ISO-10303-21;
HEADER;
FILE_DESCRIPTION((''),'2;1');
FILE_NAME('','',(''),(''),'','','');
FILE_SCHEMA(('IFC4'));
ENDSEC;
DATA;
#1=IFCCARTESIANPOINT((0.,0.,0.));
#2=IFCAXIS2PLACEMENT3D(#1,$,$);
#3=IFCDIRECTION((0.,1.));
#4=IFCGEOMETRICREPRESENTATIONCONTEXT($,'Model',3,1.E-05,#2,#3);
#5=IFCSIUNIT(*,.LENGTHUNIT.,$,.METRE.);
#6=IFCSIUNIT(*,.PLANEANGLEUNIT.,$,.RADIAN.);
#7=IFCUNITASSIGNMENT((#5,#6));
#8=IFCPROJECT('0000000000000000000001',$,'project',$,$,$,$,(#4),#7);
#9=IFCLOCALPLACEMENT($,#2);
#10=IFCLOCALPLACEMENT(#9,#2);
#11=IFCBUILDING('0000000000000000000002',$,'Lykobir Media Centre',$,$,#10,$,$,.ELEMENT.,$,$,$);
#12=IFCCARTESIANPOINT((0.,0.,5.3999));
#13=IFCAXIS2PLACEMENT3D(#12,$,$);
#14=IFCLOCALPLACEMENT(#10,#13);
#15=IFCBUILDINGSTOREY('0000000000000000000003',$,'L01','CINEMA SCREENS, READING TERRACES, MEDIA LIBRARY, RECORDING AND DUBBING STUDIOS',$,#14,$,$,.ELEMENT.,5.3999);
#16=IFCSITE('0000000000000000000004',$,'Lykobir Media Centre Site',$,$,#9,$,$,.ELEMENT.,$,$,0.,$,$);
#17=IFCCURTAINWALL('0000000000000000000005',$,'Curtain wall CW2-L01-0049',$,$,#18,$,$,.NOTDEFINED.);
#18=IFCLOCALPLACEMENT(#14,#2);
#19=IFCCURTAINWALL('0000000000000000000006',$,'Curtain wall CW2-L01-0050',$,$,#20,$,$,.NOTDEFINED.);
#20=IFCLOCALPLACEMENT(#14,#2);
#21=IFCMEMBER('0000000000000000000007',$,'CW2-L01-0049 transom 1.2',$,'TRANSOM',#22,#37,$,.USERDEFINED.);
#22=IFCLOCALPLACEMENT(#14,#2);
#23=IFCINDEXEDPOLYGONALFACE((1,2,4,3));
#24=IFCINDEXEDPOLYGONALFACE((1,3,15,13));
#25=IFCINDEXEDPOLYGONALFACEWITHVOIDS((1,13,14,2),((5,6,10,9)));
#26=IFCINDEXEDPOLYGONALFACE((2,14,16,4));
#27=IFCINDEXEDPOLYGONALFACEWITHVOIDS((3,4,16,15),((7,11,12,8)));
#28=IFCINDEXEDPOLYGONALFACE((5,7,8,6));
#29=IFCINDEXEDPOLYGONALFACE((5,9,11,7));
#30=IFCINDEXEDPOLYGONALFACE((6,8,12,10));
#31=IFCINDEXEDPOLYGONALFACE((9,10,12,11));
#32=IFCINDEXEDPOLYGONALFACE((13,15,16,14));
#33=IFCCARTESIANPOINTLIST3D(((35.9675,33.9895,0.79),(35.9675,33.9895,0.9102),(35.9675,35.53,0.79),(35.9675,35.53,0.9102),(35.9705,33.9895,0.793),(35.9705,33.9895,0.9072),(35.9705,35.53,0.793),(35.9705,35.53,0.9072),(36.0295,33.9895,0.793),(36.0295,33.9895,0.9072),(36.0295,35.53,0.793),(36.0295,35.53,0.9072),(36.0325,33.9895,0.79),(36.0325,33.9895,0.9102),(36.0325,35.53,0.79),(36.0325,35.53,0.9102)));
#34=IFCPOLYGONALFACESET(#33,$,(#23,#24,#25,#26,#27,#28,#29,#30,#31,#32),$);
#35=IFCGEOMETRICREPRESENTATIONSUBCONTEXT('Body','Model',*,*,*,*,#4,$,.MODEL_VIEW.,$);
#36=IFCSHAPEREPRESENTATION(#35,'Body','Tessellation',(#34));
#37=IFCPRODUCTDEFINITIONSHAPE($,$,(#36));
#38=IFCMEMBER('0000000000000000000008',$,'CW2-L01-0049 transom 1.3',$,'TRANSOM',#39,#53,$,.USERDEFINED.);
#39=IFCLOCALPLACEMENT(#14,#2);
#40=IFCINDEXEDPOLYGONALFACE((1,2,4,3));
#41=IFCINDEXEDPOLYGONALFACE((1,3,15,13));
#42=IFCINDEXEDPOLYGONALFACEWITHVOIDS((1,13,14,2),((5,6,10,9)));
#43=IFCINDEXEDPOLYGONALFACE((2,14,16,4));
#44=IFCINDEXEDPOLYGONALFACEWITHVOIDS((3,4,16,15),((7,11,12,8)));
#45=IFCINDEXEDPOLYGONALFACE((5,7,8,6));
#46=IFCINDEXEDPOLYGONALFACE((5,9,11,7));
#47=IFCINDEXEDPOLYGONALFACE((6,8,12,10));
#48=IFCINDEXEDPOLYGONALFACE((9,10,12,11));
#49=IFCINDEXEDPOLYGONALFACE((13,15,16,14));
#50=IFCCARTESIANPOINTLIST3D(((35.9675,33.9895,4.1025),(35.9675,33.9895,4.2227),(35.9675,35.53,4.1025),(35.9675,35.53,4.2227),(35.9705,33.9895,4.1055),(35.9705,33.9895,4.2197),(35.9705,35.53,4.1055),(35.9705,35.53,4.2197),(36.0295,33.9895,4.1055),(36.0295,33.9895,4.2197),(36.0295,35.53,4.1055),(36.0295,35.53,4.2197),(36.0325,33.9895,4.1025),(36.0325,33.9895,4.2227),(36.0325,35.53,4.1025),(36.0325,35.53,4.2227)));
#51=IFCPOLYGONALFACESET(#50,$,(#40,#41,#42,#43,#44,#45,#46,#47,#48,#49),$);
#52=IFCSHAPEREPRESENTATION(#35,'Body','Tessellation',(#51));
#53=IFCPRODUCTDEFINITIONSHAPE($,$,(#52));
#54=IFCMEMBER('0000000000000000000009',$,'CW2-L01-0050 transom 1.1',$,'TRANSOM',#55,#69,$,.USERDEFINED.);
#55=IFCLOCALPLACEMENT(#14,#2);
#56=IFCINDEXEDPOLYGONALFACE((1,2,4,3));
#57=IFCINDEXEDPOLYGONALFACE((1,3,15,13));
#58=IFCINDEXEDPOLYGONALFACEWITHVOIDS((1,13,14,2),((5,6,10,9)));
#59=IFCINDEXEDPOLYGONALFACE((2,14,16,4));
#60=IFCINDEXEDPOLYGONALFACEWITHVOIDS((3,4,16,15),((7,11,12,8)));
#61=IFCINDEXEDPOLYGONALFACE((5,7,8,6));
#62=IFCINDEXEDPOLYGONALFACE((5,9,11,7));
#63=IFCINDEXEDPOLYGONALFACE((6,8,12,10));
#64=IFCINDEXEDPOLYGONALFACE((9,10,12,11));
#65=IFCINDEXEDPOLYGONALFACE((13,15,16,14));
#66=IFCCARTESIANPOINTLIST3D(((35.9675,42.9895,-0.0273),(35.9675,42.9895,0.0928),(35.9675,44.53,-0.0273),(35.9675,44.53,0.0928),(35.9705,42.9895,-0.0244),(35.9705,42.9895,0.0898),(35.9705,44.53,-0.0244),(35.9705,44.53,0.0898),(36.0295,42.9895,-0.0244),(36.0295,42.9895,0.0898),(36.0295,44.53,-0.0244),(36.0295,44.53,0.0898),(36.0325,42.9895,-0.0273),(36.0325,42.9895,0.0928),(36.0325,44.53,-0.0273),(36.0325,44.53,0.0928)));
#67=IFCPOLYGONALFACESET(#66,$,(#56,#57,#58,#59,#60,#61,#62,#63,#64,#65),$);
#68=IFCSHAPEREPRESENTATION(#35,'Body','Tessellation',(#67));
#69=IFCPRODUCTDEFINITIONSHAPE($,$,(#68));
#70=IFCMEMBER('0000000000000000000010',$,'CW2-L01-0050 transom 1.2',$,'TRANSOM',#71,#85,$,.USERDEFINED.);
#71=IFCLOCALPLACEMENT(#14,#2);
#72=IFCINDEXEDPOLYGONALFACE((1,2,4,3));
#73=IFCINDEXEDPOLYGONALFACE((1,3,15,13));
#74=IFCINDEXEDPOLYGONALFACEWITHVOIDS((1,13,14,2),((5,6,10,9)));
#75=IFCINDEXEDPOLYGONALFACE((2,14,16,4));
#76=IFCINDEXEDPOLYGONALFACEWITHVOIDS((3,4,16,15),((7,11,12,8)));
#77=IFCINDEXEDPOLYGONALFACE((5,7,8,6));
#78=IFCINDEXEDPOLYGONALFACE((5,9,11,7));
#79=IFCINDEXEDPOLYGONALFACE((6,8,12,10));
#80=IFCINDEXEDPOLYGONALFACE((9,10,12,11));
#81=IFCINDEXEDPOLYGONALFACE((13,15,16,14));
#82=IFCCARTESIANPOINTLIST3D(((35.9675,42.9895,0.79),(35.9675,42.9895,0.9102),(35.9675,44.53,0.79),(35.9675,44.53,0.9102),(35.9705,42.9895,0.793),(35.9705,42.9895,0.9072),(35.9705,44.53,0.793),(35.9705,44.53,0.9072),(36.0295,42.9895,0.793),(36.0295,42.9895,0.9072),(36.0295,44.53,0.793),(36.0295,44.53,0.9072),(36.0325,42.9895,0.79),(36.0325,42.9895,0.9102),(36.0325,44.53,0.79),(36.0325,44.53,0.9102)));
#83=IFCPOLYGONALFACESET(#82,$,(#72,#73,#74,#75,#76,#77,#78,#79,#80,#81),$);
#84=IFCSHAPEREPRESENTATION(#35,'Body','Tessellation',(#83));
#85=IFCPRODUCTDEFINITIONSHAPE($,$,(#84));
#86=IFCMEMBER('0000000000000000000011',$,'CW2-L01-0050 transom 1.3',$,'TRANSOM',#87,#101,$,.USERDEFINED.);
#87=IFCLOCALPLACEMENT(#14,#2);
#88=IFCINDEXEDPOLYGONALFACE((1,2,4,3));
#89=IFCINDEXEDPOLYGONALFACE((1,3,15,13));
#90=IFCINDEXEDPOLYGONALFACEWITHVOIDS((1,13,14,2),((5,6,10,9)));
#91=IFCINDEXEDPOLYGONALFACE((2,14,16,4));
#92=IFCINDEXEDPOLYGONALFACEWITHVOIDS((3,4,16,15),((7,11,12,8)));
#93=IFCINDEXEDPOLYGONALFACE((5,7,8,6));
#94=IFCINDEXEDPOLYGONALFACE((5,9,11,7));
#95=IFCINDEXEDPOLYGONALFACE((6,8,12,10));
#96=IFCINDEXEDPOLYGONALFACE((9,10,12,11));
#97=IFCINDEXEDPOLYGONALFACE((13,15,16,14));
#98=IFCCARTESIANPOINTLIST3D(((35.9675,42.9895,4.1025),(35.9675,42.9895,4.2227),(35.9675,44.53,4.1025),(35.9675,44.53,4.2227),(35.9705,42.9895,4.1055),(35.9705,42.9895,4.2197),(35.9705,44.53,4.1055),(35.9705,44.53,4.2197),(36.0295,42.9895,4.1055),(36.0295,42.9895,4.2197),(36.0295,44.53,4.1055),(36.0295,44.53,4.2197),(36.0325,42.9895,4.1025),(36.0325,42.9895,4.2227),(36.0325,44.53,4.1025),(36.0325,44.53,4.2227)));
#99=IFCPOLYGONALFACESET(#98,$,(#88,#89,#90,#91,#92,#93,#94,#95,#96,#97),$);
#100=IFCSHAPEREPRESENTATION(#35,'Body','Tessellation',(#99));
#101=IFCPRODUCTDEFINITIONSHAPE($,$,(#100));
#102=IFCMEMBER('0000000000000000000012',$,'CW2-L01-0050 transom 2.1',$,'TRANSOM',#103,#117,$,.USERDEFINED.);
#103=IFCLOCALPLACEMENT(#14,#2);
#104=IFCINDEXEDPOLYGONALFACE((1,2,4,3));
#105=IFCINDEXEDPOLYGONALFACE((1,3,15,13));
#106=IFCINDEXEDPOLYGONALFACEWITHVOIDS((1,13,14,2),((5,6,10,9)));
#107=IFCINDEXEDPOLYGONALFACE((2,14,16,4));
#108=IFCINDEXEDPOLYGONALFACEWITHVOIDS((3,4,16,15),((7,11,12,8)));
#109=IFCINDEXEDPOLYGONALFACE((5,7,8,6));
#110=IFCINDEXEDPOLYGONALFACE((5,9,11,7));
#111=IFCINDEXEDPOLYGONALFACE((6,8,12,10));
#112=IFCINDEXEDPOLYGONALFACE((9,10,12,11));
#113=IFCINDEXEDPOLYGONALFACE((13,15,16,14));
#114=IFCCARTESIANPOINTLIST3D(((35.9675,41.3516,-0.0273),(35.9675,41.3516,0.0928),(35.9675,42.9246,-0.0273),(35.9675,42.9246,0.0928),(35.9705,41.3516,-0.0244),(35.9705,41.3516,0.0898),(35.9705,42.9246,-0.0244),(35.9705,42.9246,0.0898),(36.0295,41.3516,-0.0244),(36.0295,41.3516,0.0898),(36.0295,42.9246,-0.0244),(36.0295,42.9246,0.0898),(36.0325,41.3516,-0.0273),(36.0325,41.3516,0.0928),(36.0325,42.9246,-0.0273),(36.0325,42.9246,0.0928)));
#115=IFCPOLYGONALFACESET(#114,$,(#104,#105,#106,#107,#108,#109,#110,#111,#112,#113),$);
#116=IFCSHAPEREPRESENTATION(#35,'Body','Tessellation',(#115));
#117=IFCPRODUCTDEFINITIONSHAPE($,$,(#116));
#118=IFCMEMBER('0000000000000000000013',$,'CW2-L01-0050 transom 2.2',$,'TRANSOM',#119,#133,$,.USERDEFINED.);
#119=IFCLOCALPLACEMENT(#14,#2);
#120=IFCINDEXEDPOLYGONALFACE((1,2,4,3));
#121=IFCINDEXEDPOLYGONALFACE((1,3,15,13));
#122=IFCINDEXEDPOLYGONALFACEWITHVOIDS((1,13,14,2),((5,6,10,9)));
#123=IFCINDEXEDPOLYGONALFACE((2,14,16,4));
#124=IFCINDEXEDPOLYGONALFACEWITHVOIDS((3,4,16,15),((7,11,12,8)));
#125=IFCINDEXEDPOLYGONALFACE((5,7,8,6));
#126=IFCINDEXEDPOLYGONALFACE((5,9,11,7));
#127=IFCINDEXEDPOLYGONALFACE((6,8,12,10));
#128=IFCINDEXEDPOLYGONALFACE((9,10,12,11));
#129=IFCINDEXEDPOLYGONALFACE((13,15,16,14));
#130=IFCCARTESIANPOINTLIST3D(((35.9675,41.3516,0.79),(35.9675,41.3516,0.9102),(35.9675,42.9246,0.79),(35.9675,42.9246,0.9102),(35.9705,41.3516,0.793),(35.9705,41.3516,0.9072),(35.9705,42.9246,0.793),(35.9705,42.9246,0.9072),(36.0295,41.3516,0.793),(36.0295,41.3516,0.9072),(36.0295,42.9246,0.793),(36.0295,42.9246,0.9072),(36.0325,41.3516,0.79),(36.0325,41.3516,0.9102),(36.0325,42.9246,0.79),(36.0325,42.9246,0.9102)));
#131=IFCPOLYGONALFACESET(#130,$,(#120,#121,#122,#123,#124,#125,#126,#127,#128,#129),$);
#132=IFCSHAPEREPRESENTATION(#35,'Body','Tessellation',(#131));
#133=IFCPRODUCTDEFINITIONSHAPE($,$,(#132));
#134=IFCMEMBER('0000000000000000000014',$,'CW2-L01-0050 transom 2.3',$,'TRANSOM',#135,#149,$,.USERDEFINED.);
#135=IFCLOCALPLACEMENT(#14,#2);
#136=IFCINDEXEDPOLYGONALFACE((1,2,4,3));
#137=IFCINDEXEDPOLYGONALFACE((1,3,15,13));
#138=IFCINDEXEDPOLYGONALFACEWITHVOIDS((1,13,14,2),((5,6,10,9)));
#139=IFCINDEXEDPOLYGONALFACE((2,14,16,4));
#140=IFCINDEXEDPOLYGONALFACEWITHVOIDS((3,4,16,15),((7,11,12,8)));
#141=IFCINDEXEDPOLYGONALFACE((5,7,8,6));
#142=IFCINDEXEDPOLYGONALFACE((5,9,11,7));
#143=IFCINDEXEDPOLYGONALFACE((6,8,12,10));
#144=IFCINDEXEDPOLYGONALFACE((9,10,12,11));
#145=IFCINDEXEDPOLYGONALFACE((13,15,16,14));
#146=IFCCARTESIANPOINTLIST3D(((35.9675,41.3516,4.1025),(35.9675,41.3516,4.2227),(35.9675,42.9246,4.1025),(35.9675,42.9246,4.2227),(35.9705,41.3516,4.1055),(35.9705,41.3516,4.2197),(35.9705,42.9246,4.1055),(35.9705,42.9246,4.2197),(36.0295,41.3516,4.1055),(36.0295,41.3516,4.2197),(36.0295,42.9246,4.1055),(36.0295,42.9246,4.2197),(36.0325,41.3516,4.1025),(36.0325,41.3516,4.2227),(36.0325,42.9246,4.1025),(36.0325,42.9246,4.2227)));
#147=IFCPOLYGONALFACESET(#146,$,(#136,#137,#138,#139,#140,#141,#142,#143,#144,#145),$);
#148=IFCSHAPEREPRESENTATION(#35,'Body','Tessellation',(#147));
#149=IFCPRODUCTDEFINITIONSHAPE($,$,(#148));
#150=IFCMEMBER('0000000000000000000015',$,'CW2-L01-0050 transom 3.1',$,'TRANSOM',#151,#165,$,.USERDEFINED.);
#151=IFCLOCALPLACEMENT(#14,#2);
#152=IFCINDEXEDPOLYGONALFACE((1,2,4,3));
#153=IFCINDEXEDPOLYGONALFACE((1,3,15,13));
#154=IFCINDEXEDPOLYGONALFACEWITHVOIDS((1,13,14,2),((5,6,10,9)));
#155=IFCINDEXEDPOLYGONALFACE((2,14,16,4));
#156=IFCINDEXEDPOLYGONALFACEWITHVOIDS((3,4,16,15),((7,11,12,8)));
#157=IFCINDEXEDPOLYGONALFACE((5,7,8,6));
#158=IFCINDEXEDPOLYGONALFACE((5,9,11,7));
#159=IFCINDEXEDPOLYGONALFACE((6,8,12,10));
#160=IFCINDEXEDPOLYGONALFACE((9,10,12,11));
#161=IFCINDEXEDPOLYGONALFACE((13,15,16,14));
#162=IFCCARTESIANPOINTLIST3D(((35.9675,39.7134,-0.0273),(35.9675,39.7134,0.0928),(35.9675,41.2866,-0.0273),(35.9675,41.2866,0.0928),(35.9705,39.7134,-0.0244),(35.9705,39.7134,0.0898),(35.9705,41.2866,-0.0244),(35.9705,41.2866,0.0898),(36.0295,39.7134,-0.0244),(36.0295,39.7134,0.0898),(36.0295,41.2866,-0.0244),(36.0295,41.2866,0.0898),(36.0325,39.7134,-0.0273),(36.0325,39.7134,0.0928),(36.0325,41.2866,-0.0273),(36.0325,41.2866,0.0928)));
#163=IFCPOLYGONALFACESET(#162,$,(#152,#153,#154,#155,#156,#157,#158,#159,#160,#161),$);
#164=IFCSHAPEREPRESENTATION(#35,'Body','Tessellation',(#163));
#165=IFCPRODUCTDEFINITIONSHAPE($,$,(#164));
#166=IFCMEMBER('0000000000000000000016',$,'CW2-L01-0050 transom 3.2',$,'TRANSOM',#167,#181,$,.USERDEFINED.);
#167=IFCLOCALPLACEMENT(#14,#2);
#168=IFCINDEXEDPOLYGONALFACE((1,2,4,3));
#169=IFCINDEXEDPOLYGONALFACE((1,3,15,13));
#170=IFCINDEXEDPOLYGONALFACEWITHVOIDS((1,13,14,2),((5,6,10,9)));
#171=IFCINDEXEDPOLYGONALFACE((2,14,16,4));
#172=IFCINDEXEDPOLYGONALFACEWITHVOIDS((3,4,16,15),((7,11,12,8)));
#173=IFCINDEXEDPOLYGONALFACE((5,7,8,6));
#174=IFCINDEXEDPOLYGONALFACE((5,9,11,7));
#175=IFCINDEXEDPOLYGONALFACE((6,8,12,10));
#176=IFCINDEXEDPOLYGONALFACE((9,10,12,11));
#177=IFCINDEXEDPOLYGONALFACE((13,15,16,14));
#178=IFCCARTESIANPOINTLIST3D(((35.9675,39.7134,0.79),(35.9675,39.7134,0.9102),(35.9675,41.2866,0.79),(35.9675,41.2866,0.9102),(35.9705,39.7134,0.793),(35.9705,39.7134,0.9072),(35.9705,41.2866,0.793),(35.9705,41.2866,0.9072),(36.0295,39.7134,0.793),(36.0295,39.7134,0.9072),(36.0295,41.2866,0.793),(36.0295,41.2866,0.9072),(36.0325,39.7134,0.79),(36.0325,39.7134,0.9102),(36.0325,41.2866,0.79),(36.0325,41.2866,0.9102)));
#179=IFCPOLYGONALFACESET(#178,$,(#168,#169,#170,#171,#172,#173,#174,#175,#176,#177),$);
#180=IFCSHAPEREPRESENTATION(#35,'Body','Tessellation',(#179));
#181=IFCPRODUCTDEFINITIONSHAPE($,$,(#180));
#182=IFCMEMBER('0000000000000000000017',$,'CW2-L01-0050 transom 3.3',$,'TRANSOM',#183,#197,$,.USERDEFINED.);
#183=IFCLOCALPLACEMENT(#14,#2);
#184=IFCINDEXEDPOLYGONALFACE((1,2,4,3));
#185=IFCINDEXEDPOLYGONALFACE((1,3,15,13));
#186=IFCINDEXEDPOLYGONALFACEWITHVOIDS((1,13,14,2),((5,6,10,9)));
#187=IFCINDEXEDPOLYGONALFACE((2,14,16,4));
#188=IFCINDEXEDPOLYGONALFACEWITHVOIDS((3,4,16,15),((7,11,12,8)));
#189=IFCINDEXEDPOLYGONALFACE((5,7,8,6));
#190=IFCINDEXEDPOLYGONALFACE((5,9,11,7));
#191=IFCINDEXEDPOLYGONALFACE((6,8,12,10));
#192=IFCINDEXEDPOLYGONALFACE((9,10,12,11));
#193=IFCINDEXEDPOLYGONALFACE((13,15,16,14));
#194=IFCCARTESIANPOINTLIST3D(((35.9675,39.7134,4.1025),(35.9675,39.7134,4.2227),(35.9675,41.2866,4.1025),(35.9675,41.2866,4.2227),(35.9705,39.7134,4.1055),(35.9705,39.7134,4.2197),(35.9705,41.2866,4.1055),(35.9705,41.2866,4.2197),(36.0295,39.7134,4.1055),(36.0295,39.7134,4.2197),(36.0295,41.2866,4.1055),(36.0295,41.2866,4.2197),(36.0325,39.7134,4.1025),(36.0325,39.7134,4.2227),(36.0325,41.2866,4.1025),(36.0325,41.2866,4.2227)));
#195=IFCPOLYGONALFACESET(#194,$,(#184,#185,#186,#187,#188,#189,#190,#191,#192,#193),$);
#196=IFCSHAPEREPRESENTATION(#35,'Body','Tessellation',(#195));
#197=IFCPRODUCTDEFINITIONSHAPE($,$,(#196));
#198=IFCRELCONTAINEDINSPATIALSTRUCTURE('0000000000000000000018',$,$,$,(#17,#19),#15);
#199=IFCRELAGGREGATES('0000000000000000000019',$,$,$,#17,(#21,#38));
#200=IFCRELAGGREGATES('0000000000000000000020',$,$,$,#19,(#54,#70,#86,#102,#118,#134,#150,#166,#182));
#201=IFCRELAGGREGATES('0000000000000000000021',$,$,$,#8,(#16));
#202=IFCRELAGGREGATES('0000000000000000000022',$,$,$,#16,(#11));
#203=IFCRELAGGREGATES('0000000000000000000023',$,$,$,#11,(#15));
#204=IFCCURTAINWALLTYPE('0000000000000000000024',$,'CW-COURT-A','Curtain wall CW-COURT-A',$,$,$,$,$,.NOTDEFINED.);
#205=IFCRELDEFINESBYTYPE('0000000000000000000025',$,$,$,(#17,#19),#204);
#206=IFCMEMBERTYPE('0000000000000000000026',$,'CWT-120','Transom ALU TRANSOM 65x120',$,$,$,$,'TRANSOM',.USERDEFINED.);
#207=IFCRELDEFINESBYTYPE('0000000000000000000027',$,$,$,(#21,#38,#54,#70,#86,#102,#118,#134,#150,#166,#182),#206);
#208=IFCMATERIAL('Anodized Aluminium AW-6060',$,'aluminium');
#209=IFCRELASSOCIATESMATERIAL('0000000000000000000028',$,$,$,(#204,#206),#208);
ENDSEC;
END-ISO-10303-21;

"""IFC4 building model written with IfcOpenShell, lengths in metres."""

from ifc_helpers import new_model, si_unit, direction, frame, origin, origin_2d, place, context, subcontext, project, spatial, hollow_rectangle, extrude, material, material_profile, profile_set, type_object, element, aggregate, save


model = new_model("IFC4")

# Units and contexts
model_context = context("Model", 3, precision=1e-05, world=origin(), true_north=direction((0.0, 1.0)))
body_context = subcontext(model_context, "Body", "Model", "MODEL_VIEW")
ifc_project = project(units=[si_unit("LENGTHUNIT", "METRE"), si_unit("PLANEANGLEUNIT", "RADIAN")], contexts=[model_context])

# Site, building, storey
site_placement = place(None, origin())
site = spatial("IfcSite", under=ifc_project, at=site_placement, Name="Lykobir Media Centre Site", CompositionType="ELEMENT", RefElevation=0.0)
building_placement = place(site_placement, origin())
building = spatial("IfcBuilding", under=site, at=building_placement, Name="Lykobir Media Centre", CompositionType="ELEMENT")
storey_placement = place(building_placement, frame((0.0, 0.0, 5.3999)))
storey = spatial("IfcBuildingStorey", under=building, at=storey_placement, Name="L01", Description="CINEMA SCREENS, READING TERRACES, MEDIA LIBRARY, RECORDING AND DUBBING STUDIOS", CompositionType="ELEMENT", Elevation=5.3999)

# Curtain wall
ifc_material_1 = material(Name="Anodized Aluminium AW-6060", Category="aluminium")
curtain_wall_type = type_object("IfcCurtainWallType", Name="CW-COURT-A", Description="Curtain wall CW-COURT-A", PredefinedType="NOTDEFINED", material=ifc_material_1)
curtain_wall_1_placement = place(storey_placement, origin())
curtain_wall_1 = element("IfcCurtainWall", 1, at=curtain_wall_1_placement, inside=storey, type_object=curtain_wall_type, Name="Curtain wall CW2-L01-0049", PredefinedType="NOTDEFINED")

# Curtain wall
curtain_wall_2_placement = place(storey_placement, origin())
curtain_wall_2 = element("IfcCurtainWall", 2, at=curtain_wall_2_placement, inside=storey, type_object=curtain_wall_type, Name="Curtain wall CW2-L01-0050", PredefinedType="NOTDEFINED")

# Members
ifc_material_profile_1 = material_profile(ifc_material_1, hollow_rectangle(XDim=0.0649, YDim=0.1201, WallThickness=0.0029, at=origin_2d()), Name="ALU TRANSOM 65x120")
ifc_profile_set_1 = profile_set([ifc_material_profile_1], Name="Anodized Aluminium AW-6060")
member_type_1 = type_object("IfcMemberType", Name="CWT-120", Description="Transom ALU TRANSOM 65x120", ElementType="TRANSOM", PredefinedType="USERDEFINED", material=ifc_profile_set_1)
member_1_placement = place(storey_placement, frame((36.0, 35.53, 0.8501), z_axis=(0.0, -1.0, 0.0), x_axis=(1.0, 0.0, 0.0)))
member_1 = element("IfcMember", 3, at=member_1_placement, type_object=member_type_1, Name="CW2-L01-0049 transom 1.2", ObjectType="TRANSOM", PredefinedType="USERDEFINED", context=body_context, shape_type="SweptSolid", body=[
    extrude(hollow_rectangle(XDim=0.0649, YDim=0.1201, WallThickness=0.0029, at=origin_2d()), origin(), (0.0, 0.0, 1.0), 1.5405),
])
member_2_placement = place(storey_placement, frame((36.0, 35.53, 4.1626), z_axis=(0.0, -1.0, 0.0), x_axis=(1.0, 0.0, 0.0)))
member_2 = element("IfcMember", 4, at=member_2_placement, type_object=member_type_1, Name="CW2-L01-0049 transom 1.3", ObjectType="TRANSOM", PredefinedType="USERDEFINED", context=body_context, shape_type="SweptSolid", body=[
    extrude(hollow_rectangle(XDim=0.0649, YDim=0.1201, WallThickness=0.0029, at=origin_2d()), origin(), (0.0, 0.0, 1.0), 1.5405),
])
member_3_placement = place(storey_placement, frame((36.0, 44.53, 0.0327), z_axis=(0.0, -1.0, 0.0), x_axis=(1.0, 0.0, 0.0)))
member_3 = element("IfcMember", 5, at=member_3_placement, type_object=member_type_1, Name="CW2-L01-0050 transom 1.1", ObjectType="TRANSOM", PredefinedType="USERDEFINED", context=body_context, shape_type="SweptSolid", body=[
    extrude(hollow_rectangle(XDim=0.0649, YDim=0.1201, WallThickness=0.0029, at=origin_2d()), origin(), (0.0, 0.0, 1.0), 1.5405),
])
member_4_placement = place(storey_placement, frame((36.0, 44.53, 0.8501), z_axis=(0.0, -1.0, 0.0), x_axis=(1.0, 0.0, 0.0)))
member_4 = element("IfcMember", 6, at=member_4_placement, type_object=member_type_1, Name="CW2-L01-0050 transom 1.2", ObjectType="TRANSOM", PredefinedType="USERDEFINED", context=body_context, shape_type="SweptSolid", body=[
    extrude(hollow_rectangle(XDim=0.0649, YDim=0.1201, WallThickness=0.0029, at=origin_2d()), origin(), (0.0, 0.0, 1.0), 1.5405),
])
member_5_placement = place(storey_placement, frame((36.0, 44.53, 4.1626), z_axis=(0.0, -1.0, 0.0), x_axis=(1.0, 0.0, 0.0)))
member_5 = element("IfcMember", 7, at=member_5_placement, type_object=member_type_1, Name="CW2-L01-0050 transom 1.3", ObjectType="TRANSOM", PredefinedType="USERDEFINED", context=body_context, shape_type="SweptSolid", body=[
    extrude(hollow_rectangle(XDim=0.0649, YDim=0.1201, WallThickness=0.0029, at=origin_2d()), origin(), (0.0, 0.0, 1.0), 1.5405),
])
member_6_placement = place(storey_placement, frame((36.0, 42.9246, 0.0327), z_axis=(0.0, -1.0, 0.0), x_axis=(1.0, 0.0, 0.0)))
member_6 = element("IfcMember", 8, at=member_6_placement, type_object=member_type_1, Name="CW2-L01-0050 transom 2.1", ObjectType="TRANSOM", PredefinedType="USERDEFINED", context=body_context, shape_type="SweptSolid", body=[
    extrude(hollow_rectangle(XDim=0.0649, YDim=0.1201, WallThickness=0.0029, at=origin_2d()), origin(), (0.0, 0.0, 1.0), 1.573),
])
member_7_placement = place(storey_placement, frame((36.0, 42.9246, 0.8501), z_axis=(0.0, -1.0, 0.0), x_axis=(1.0, 0.0, 0.0)))
member_7 = element("IfcMember", 9, at=member_7_placement, type_object=member_type_1, Name="CW2-L01-0050 transom 2.2", ObjectType="TRANSOM", PredefinedType="USERDEFINED", context=body_context, shape_type="SweptSolid", body=[
    extrude(hollow_rectangle(XDim=0.0649, YDim=0.1201, WallThickness=0.0029, at=origin_2d()), origin(), (0.0, 0.0, 1.0), 1.573),
])
member_8_placement = place(storey_placement, frame((36.0, 42.9246, 4.1626), z_axis=(0.0, -1.0, 0.0), x_axis=(1.0, 0.0, 0.0)))
member_8 = element("IfcMember", 10, at=member_8_placement, type_object=member_type_1, Name="CW2-L01-0050 transom 2.3", ObjectType="TRANSOM", PredefinedType="USERDEFINED", context=body_context, shape_type="SweptSolid", body=[
    extrude(hollow_rectangle(XDim=0.0649, YDim=0.1201, WallThickness=0.0029, at=origin_2d()), origin(), (0.0, 0.0, 1.0), 1.573),
])
member_9_placement = place(storey_placement, frame((36.0, 41.2866, 0.0327), z_axis=(0.0, -1.0, 0.0), x_axis=(1.0, 0.0, 0.0)))
member_9 = element("IfcMember", 11, at=member_9_placement, type_object=member_type_1, Name="CW2-L01-0050 transom 3.1", ObjectType="TRANSOM", PredefinedType="USERDEFINED", context=body_context, shape_type="SweptSolid", body=[
    extrude(hollow_rectangle(XDim=0.0649, YDim=0.1201, WallThickness=0.0029, at=origin_2d()), origin(), (0.0, 0.0, 1.0), 1.5732),
])
member_10_placement = place(storey_placement, frame((36.0, 41.2866, 0.8501), z_axis=(0.0, -1.0, 0.0), x_axis=(1.0, 0.0, 0.0)))
member_10 = element("IfcMember", 12, at=member_10_placement, type_object=member_type_1, Name="CW2-L01-0050 transom 3.2", ObjectType="TRANSOM", PredefinedType="USERDEFINED", context=body_context, shape_type="SweptSolid", body=[
    extrude(hollow_rectangle(XDim=0.0649, YDim=0.1201, WallThickness=0.0029, at=origin_2d()), origin(), (0.0, 0.0, 1.0), 1.5732),
])
member_11_placement = place(storey_placement, frame((36.0, 41.2866, 4.1626), z_axis=(0.0, -1.0, 0.0), x_axis=(1.0, 0.0, 0.0)))
member_11 = element("IfcMember", 13, at=member_11_placement, type_object=member_type_1, Name="CW2-L01-0050 transom 3.3", ObjectType="TRANSOM", PredefinedType="USERDEFINED", context=body_context, shape_type="SweptSolid", body=[
    extrude(hollow_rectangle(XDim=0.0649, YDim=0.1201, WallThickness=0.0029, at=origin_2d()), origin(), (0.0, 0.0, 1.0), 1.5732),
])

aggregate(curtain_wall_1, [member_1, member_2])
aggregate(curtain_wall_2, [member_3, member_4, member_5, member_6, member_7, member_8, member_9, member_10, member_11])

save(model, "model.ifc")
